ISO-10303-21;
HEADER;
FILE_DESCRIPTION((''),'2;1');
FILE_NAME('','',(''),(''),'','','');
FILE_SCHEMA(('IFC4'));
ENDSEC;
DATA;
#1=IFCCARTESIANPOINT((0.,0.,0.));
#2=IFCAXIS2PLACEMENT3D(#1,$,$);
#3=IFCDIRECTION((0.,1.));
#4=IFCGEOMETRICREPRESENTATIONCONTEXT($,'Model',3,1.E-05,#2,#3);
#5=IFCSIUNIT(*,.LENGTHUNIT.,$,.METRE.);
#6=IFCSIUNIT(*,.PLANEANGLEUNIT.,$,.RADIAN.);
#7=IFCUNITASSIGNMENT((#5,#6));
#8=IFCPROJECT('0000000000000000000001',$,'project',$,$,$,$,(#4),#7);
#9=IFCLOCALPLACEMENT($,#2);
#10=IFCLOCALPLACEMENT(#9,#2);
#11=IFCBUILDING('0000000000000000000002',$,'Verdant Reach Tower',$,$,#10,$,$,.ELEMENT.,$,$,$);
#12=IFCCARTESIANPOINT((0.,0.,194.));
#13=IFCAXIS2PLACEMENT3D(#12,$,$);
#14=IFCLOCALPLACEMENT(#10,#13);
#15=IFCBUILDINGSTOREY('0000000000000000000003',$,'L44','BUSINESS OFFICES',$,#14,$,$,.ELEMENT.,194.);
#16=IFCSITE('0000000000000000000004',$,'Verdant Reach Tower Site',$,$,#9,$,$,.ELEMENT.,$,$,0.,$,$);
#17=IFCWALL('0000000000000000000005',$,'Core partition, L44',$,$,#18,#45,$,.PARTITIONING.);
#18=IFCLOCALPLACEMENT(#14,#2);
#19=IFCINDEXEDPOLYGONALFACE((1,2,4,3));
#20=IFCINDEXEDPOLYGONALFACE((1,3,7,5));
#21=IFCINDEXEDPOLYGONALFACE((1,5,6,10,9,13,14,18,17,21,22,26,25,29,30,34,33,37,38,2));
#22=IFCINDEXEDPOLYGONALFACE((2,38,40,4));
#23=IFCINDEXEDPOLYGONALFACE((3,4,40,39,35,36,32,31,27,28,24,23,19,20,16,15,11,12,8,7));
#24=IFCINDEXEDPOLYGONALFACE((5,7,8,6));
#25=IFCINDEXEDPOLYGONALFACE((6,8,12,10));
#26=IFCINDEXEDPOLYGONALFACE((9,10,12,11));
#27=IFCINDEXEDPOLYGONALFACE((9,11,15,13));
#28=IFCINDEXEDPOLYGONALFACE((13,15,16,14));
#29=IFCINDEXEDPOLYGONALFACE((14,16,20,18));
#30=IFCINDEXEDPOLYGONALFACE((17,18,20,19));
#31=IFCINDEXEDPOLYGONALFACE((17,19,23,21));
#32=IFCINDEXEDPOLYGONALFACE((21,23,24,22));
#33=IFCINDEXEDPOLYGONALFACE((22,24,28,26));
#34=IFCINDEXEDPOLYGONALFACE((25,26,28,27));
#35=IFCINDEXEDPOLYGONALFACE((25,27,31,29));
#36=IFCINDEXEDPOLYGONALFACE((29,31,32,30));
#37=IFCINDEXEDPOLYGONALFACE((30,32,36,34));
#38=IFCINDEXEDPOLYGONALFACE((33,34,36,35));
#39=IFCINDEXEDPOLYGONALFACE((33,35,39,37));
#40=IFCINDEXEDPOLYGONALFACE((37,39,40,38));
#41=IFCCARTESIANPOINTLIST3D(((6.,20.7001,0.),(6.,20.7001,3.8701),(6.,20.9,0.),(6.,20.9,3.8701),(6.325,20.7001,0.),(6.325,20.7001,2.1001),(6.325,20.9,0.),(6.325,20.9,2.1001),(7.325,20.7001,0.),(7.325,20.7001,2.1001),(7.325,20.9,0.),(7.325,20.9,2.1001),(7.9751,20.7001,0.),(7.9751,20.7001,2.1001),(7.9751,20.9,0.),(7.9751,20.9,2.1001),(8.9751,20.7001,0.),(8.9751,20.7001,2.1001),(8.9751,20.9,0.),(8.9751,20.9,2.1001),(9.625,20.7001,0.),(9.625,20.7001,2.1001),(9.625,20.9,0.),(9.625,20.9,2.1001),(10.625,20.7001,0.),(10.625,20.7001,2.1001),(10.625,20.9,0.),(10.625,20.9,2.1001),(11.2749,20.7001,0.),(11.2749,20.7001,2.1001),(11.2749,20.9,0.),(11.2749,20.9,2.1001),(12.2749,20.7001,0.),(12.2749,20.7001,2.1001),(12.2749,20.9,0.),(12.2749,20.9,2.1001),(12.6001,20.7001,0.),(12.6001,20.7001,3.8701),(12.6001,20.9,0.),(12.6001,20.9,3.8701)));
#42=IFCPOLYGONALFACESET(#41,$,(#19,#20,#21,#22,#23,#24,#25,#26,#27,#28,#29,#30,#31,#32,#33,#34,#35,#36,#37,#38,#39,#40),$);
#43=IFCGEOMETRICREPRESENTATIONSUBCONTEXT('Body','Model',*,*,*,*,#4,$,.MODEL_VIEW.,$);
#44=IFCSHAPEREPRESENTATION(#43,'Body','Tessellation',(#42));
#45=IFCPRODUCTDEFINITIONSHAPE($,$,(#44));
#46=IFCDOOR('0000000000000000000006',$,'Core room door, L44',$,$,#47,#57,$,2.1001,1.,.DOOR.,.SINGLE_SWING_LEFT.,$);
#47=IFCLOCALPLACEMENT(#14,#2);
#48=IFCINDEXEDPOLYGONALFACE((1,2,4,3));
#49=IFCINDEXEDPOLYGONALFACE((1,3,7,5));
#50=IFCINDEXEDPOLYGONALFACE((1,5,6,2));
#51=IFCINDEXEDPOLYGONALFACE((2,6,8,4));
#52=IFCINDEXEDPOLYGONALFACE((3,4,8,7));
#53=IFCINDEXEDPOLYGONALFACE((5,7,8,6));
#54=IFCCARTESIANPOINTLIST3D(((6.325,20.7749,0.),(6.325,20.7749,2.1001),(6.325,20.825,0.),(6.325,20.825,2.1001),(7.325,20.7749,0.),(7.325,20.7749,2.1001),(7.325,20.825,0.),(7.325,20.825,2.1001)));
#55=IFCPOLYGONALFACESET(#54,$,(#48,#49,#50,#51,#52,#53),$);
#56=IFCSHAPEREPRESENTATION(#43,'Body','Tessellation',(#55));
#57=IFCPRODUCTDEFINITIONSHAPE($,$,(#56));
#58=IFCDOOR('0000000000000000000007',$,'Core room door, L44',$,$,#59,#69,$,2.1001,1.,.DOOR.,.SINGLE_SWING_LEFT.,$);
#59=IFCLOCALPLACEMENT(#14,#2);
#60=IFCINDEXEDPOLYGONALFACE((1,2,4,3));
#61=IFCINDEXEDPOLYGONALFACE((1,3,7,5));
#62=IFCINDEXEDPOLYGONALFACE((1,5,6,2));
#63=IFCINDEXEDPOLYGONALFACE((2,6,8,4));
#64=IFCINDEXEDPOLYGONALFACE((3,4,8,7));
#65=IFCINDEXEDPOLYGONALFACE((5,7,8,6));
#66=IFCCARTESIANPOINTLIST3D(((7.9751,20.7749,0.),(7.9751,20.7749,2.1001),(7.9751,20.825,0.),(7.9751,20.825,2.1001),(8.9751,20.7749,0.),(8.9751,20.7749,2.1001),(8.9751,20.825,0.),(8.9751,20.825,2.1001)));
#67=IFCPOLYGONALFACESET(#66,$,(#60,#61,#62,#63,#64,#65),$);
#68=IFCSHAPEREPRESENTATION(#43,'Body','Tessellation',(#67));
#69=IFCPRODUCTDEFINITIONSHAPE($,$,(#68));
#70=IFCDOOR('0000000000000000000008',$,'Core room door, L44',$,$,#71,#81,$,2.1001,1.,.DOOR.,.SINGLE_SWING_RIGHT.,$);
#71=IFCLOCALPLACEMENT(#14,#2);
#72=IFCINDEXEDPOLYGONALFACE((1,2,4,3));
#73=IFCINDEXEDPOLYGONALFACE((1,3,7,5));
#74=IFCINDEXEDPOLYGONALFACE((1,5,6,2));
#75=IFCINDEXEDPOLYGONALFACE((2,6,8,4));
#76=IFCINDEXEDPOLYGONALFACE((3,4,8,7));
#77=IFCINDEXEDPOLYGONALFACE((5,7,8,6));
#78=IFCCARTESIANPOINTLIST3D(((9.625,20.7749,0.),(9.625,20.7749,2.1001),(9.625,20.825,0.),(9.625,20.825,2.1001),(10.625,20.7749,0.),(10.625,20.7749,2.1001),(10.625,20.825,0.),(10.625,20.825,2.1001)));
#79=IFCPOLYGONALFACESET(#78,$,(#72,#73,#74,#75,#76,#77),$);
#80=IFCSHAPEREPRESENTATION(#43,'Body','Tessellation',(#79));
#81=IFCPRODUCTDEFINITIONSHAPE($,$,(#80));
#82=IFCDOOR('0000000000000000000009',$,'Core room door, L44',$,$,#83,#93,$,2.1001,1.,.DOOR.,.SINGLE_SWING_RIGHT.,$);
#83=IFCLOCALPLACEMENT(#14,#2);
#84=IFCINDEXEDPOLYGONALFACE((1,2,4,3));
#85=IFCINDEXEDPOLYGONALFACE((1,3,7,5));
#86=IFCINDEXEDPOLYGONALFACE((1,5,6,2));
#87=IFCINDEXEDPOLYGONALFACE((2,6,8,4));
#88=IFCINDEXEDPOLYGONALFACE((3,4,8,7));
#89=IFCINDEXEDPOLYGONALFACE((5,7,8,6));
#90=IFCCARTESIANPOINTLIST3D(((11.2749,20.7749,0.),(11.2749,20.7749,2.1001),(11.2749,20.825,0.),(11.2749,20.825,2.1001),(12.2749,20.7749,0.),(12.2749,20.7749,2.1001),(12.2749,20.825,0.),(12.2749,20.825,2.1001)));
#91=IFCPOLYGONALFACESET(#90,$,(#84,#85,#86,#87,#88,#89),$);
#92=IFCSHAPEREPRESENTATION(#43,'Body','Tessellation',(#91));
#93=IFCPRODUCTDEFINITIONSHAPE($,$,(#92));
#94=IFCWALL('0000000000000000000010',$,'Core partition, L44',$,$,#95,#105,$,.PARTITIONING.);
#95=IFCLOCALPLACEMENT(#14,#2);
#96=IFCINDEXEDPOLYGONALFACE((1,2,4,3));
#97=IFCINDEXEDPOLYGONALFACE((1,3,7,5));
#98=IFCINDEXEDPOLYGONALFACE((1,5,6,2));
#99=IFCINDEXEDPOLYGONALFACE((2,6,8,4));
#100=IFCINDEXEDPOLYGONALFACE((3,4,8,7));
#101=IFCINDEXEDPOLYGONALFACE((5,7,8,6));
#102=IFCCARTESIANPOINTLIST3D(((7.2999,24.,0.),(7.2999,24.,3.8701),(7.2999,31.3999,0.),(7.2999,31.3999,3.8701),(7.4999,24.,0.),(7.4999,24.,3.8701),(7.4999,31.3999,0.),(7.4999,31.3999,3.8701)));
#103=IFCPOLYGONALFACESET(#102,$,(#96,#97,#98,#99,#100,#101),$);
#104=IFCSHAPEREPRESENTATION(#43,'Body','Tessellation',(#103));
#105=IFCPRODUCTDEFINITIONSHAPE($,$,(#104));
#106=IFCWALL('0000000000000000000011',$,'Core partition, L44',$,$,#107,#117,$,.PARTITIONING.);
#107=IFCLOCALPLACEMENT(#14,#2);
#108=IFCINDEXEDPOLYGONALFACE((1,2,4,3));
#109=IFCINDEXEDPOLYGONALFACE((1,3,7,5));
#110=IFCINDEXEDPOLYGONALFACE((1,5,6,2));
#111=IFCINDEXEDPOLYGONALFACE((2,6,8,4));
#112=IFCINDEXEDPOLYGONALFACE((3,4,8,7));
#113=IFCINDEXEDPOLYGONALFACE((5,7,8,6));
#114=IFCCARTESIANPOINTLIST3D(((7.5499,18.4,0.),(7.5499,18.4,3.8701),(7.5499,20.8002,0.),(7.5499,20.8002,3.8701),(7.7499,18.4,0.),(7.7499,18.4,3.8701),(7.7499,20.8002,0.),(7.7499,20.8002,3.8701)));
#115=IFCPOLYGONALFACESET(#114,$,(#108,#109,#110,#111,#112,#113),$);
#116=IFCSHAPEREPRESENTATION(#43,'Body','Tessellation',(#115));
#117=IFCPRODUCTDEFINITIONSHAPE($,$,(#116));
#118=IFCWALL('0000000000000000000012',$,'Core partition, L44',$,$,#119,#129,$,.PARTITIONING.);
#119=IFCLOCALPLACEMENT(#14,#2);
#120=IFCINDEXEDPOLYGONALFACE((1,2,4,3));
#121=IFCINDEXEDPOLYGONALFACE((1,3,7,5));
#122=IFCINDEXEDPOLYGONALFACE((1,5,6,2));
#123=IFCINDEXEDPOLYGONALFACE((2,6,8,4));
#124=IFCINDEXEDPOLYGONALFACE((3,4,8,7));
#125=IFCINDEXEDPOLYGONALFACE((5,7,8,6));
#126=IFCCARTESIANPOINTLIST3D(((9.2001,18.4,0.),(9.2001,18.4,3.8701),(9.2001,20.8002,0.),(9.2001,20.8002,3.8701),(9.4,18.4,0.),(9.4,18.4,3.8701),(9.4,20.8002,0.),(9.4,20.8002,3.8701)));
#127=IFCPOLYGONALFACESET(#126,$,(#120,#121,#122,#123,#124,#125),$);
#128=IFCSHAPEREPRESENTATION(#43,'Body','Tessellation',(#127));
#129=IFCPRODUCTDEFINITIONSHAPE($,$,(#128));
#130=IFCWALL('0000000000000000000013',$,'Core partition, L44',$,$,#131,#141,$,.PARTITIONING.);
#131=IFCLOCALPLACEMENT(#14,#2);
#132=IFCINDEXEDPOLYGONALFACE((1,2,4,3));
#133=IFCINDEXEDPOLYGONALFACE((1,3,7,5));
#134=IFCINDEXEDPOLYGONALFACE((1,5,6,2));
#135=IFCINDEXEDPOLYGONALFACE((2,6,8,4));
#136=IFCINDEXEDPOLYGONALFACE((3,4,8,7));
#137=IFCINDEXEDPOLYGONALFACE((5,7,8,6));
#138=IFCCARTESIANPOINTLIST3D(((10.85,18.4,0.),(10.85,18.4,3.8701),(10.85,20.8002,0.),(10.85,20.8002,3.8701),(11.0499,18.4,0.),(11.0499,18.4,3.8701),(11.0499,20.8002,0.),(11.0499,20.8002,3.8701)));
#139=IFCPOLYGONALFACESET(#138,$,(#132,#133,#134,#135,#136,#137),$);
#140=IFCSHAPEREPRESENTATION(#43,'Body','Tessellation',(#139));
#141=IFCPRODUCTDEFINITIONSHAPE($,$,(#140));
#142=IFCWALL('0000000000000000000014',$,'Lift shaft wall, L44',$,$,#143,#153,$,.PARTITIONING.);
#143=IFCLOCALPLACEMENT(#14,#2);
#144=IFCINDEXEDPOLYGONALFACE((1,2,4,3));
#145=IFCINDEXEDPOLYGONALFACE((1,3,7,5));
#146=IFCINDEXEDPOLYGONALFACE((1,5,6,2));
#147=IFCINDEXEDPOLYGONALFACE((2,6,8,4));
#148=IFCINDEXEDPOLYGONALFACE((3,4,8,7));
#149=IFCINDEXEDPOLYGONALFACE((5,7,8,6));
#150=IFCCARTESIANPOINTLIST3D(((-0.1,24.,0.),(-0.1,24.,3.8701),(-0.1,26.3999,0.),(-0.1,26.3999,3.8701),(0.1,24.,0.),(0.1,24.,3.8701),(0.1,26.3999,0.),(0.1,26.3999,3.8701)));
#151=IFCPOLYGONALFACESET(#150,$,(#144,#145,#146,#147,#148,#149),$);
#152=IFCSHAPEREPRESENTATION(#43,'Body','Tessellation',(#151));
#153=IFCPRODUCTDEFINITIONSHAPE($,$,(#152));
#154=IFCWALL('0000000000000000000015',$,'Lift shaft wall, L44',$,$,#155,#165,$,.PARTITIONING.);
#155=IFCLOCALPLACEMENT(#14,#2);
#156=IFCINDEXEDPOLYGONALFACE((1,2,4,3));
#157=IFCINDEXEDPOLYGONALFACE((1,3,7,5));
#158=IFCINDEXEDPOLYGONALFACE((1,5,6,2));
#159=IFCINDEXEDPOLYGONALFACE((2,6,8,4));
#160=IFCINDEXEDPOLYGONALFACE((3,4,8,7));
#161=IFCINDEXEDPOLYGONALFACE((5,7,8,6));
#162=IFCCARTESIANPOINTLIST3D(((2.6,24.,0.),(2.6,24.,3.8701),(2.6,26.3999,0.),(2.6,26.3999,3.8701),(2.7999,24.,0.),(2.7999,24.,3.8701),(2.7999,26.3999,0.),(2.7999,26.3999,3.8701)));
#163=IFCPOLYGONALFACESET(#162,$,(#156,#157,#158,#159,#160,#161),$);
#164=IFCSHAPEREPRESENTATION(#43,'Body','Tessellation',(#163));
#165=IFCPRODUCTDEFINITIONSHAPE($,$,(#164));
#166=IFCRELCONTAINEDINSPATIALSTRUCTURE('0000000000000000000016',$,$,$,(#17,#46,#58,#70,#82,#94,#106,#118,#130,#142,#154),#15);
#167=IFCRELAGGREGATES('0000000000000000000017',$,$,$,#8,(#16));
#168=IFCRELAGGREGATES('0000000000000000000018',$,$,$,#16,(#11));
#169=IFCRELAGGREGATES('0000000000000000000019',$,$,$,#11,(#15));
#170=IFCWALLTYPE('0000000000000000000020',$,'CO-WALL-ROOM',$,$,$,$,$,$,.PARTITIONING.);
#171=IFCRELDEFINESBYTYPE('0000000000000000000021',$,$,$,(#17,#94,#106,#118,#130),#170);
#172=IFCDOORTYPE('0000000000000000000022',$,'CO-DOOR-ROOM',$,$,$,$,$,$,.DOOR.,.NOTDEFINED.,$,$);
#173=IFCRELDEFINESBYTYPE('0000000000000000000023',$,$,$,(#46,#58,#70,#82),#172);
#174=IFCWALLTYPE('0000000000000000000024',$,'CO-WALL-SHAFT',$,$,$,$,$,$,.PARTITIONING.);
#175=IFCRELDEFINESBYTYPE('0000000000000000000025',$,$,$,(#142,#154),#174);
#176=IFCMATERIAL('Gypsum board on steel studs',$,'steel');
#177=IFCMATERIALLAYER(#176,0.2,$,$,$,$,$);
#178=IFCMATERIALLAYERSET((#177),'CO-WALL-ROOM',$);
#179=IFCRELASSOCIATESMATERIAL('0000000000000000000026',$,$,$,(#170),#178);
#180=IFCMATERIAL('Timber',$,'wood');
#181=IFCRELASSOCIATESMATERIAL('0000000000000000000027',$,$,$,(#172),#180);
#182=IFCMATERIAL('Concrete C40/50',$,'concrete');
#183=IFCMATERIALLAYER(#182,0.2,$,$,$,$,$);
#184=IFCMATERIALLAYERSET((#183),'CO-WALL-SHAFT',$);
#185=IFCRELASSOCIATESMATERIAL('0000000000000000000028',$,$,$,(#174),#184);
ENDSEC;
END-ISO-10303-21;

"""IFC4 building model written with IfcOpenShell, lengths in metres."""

from ifc_helpers import new_model, si_unit, direction, frame, frame_2d, origin, place, context, subcontext, project, spatial, rectangle, extrude, material, layer, layer_set, type_object, element, fill, save


model = new_model("IFC4")

# Units and contexts
model_context = context("Model", 3, precision=1e-05, world=origin(), true_north=direction((0.0, 1.0)))
body_context = subcontext(model_context, "Body", "Model", "MODEL_VIEW")
ifc_project = project(units=[si_unit("LENGTHUNIT", "METRE"), si_unit("PLANEANGLEUNIT", "RADIAN")], contexts=[model_context])

# Site, building, storey
site_placement = place(None, origin())
site = spatial("IfcSite", under=ifc_project, at=site_placement, Name="Verdant Reach Tower Site", CompositionType="ELEMENT", RefElevation=0.0)
building_placement = place(site_placement, origin())
building = spatial("IfcBuilding", under=site, at=building_placement, Name="Verdant Reach Tower", CompositionType="ELEMENT")
storey_placement = place(building_placement, frame((0.0, 0.0, 194.0)))
storey = spatial("IfcBuildingStorey", under=building, at=storey_placement, Name="L44", Description="BUSINESS OFFICES", CompositionType="ELEMENT", Elevation=194.0)

# Wall, openings, doors
ifc_material_1 = material(Name="Gypsum board on steel studs", Category="steel")
ifc_layer_1 = layer(ifc_material_1, 0.2)
ifc_layer_set_1 = layer_set([ifc_layer_1], Name="CO-WALL-ROOM")
wall_type_1 = type_object("IfcWallType", Name="CO-WALL-ROOM", PredefinedType="PARTITIONING", material=ifc_layer_set_1)
wall_1_placement = place(storey_placement, frame((6.0, 20.8, 0.0), z_axis=(0.0, 0.0, 1.0), x_axis=(1.0, 0.0, 0.0)))
wall_1 = element("IfcWall", 1, at=wall_1_placement, inside=storey, type_object=wall_type_1, Name="Core partition, L44", PredefinedType="PARTITIONING", context=body_context, shape_type="SweptSolid", body=[
    extrude(rectangle(XDim=6.6001, YDim=0.2, at=frame_2d((3.3, 0.0))), origin(), (0.0, 0.0, 1.0), 3.8701),
])
opening_1_placement = place(wall_1_placement, frame((0.325, 0.0, 0.0)))
opening_1 = element("IfcOpeningElement", 2, at=opening_1_placement, cuts=wall_1, PredefinedType="OPENING", context=body_context, shape_type="SweptSolid", body=[
    extrude(rectangle(XDim=1.0, YDim=2.1001, at=frame_2d((0.5, 1.05))), frame((0.0, 0.1099, 0.0), z_axis=(0.0, -1.0, 0.0), x_axis=(1.0, 0.0, 0.0)), (0.0, 0.0, 1.0), 0.22),
])
opening_2_placement = place(wall_1_placement, frame((1.9751, 0.0, 0.0)))
opening_2 = element("IfcOpeningElement", 3, at=opening_2_placement, cuts=wall_1, PredefinedType="OPENING", context=body_context, shape_type="SweptSolid", body=[
    extrude(rectangle(XDim=1.0, YDim=2.1001, at=frame_2d((0.5, 1.05))), frame((0.0, 0.1099, 0.0), z_axis=(0.0, -1.0, 0.0), x_axis=(1.0, 0.0, 0.0)), (0.0, 0.0, 1.0), 0.22),
])
opening_3_placement = place(wall_1_placement, frame((3.625, 0.0, 0.0)))
opening_3 = element("IfcOpeningElement", 4, at=opening_3_placement, cuts=wall_1, PredefinedType="OPENING", context=body_context, shape_type="SweptSolid", body=[
    extrude(rectangle(XDim=1.0, YDim=2.1001, at=frame_2d((0.5, 1.05))), frame((0.0, 0.1099, 0.0), z_axis=(0.0, -1.0, 0.0), x_axis=(1.0, 0.0, 0.0)), (0.0, 0.0, 1.0), 0.22),
])
opening_4_placement = place(wall_1_placement, frame((5.2749, 0.0, 0.0)))
opening_4 = element("IfcOpeningElement", 5, at=opening_4_placement, cuts=wall_1, PredefinedType="OPENING", context=body_context, shape_type="SweptSolid", body=[
    extrude(rectangle(XDim=1.0, YDim=2.1001, at=frame_2d((0.5, 1.05))), frame((0.0, 0.1099, 0.0), z_axis=(0.0, -1.0, 0.0), x_axis=(1.0, 0.0, 0.0)), (0.0, 0.0, 1.0), 0.22),
])
ifc_material_2 = material(Name="Timber", Category="wood")
door_type_1 = type_object("IfcDoorType", Name="CO-DOOR-ROOM", OperationType="NOTDEFINED", PredefinedType="DOOR", material=ifc_material_2)
door_1_placement = place(opening_1_placement, origin())
door_1 = element("IfcDoor", 6, at=door_1_placement, inside=storey, type_object=door_type_1, Name="Core room door, L44", OperationType="SINGLE_SWING_LEFT", OverallHeight=2.1001, OverallWidth=1.0, PredefinedType="DOOR", context=body_context, shape_type="SweptSolid", body=[
    extrude(rectangle(XDim=1.0, YDim=2.1001, at=frame_2d((0.5, 1.05))), frame((0.0, 0.0249, 0.0), z_axis=(0.0, -1.0, 0.0), x_axis=(1.0, 0.0, 0.0)), (0.0, 0.0, 1.0), 0.05),
])
fill(opening_1, door_1)
door_2_placement = place(opening_2_placement, origin())
door_2 = element("IfcDoor", 7, at=door_2_placement, inside=storey, type_object=door_type_1, Name="Core room door, L44", OperationType="SINGLE_SWING_LEFT", OverallHeight=2.1001, OverallWidth=1.0, PredefinedType="DOOR", context=body_context, shape_type="SweptSolid", body=[
    extrude(rectangle(XDim=1.0, YDim=2.1001, at=frame_2d((0.5, 1.05))), frame((0.0, 0.0249, 0.0), z_axis=(0.0, -1.0, 0.0), x_axis=(1.0, 0.0, 0.0)), (0.0, 0.0, 1.0), 0.05),
])
fill(opening_2, door_2)
door_3_placement = place(opening_3_placement, origin())
door_3 = element("IfcDoor", 8, at=door_3_placement, inside=storey, type_object=door_type_1, Name="Core room door, L44", OperationType="SINGLE_SWING_RIGHT", OverallHeight=2.1001, OverallWidth=1.0, PredefinedType="DOOR", context=body_context, shape_type="SweptSolid", body=[
    extrude(rectangle(XDim=1.0, YDim=2.1001, at=frame_2d((0.5, 1.05))), frame((0.0, 0.0249, 0.0), z_axis=(0.0, -1.0, 0.0), x_axis=(1.0, 0.0, 0.0)), (0.0, 0.0, 1.0), 0.05),
])
fill(opening_3, door_3)
door_4_placement = place(opening_4_placement, origin())
door_4 = element("IfcDoor", 9, at=door_4_placement, inside=storey, type_object=door_type_1, Name="Core room door, L44", OperationType="SINGLE_SWING_RIGHT", OverallHeight=2.1001, OverallWidth=1.0, PredefinedType="DOOR", context=body_context, shape_type="SweptSolid", body=[
    extrude(rectangle(XDim=1.0, YDim=2.1001, at=frame_2d((0.5, 1.05))), frame((0.0, 0.0249, 0.0), z_axis=(0.0, -1.0, 0.0), x_axis=(1.0, 0.0, 0.0)), (0.0, 0.0, 1.0), 0.05),
])
fill(opening_4, door_4)

# Walls
wall_2_placement = place(storey_placement, frame((7.3999, 24.0, 0.0), z_axis=(0.0, 0.0, 1.0), x_axis=(0.0, 1.0, 0.0)))
element("IfcWall", 10, at=wall_2_placement, inside=storey, type_object=wall_type_1, Name="Core partition, L44", PredefinedType="PARTITIONING", context=body_context, shape_type="SweptSolid", body=[
    extrude(rectangle(XDim=7.3999, YDim=0.2, at=frame_2d((3.7, 0.0))), origin(), (0.0, 0.0, 1.0), 3.8701),
])
for number, where, z_axis, x_axis, name in (
    (11, (7.6499, 18.3999, 0.0), (0.0, 0.0, 1.0), (0.0, 1.0, 0.0), "Core partition, L44"),
    (12, (9.3, 18.3999, 0.0), (0.0, 0.0, 1.0), (0.0, 1.0, 0.0), "Core partition, L44"),
    (13, (10.95, 18.3999, 0.0), (0.0, 0.0, 1.0), (0.0, 1.0, 0.0), "Core partition, L44"),
):
    element("IfcWall", number, at=place(storey_placement, frame(where, z_axis=z_axis, x_axis=x_axis)), inside=storey, type_object=wall_type_1, Name=name, PredefinedType="PARTITIONING", context=body_context, shape_type="SweptSolid", body=[
        extrude(rectangle(XDim=2.4001, YDim=0.2, at=frame_2d((1.2002, 0.0))), origin(), (0.0, 0.0, 1.0), 3.8701),
    ])
ifc_material_3 = material(Name="Concrete C40/50", Category="concrete")
ifc_layer_2 = layer(ifc_material_3, 0.2)
ifc_layer_set_2 = layer_set([ifc_layer_2], Name="CO-WALL-SHAFT")
wall_type_2 = type_object("IfcWallType", Name="CO-WALL-SHAFT", PredefinedType="PARTITIONING", material=ifc_layer_set_2)
for number, where, z_axis, x_axis, name in (
    (14, (0.0, 24.0, 0.0), (0.0, 0.0, 1.0), (0.0, 1.0, 0.0), "Lift shaft wall, L44"),
    (15, (2.7, 24.0, 0.0), (0.0, 0.0, 1.0), (0.0, 1.0, 0.0), "Lift shaft wall, L44"),
):
    element("IfcWall", number, at=place(storey_placement, frame(where, z_axis=z_axis, x_axis=x_axis)), inside=storey, type_object=wall_type_2, Name=name, PredefinedType="PARTITIONING", context=body_context, shape_type="SweptSolid", body=[
        extrude(rectangle(XDim=2.3999, YDim=0.2, at=frame_2d((1.2, 0.0))), origin(), (0.0, 0.0, 1.0), 3.8701),
    ])

save(model, "model.ifc")
